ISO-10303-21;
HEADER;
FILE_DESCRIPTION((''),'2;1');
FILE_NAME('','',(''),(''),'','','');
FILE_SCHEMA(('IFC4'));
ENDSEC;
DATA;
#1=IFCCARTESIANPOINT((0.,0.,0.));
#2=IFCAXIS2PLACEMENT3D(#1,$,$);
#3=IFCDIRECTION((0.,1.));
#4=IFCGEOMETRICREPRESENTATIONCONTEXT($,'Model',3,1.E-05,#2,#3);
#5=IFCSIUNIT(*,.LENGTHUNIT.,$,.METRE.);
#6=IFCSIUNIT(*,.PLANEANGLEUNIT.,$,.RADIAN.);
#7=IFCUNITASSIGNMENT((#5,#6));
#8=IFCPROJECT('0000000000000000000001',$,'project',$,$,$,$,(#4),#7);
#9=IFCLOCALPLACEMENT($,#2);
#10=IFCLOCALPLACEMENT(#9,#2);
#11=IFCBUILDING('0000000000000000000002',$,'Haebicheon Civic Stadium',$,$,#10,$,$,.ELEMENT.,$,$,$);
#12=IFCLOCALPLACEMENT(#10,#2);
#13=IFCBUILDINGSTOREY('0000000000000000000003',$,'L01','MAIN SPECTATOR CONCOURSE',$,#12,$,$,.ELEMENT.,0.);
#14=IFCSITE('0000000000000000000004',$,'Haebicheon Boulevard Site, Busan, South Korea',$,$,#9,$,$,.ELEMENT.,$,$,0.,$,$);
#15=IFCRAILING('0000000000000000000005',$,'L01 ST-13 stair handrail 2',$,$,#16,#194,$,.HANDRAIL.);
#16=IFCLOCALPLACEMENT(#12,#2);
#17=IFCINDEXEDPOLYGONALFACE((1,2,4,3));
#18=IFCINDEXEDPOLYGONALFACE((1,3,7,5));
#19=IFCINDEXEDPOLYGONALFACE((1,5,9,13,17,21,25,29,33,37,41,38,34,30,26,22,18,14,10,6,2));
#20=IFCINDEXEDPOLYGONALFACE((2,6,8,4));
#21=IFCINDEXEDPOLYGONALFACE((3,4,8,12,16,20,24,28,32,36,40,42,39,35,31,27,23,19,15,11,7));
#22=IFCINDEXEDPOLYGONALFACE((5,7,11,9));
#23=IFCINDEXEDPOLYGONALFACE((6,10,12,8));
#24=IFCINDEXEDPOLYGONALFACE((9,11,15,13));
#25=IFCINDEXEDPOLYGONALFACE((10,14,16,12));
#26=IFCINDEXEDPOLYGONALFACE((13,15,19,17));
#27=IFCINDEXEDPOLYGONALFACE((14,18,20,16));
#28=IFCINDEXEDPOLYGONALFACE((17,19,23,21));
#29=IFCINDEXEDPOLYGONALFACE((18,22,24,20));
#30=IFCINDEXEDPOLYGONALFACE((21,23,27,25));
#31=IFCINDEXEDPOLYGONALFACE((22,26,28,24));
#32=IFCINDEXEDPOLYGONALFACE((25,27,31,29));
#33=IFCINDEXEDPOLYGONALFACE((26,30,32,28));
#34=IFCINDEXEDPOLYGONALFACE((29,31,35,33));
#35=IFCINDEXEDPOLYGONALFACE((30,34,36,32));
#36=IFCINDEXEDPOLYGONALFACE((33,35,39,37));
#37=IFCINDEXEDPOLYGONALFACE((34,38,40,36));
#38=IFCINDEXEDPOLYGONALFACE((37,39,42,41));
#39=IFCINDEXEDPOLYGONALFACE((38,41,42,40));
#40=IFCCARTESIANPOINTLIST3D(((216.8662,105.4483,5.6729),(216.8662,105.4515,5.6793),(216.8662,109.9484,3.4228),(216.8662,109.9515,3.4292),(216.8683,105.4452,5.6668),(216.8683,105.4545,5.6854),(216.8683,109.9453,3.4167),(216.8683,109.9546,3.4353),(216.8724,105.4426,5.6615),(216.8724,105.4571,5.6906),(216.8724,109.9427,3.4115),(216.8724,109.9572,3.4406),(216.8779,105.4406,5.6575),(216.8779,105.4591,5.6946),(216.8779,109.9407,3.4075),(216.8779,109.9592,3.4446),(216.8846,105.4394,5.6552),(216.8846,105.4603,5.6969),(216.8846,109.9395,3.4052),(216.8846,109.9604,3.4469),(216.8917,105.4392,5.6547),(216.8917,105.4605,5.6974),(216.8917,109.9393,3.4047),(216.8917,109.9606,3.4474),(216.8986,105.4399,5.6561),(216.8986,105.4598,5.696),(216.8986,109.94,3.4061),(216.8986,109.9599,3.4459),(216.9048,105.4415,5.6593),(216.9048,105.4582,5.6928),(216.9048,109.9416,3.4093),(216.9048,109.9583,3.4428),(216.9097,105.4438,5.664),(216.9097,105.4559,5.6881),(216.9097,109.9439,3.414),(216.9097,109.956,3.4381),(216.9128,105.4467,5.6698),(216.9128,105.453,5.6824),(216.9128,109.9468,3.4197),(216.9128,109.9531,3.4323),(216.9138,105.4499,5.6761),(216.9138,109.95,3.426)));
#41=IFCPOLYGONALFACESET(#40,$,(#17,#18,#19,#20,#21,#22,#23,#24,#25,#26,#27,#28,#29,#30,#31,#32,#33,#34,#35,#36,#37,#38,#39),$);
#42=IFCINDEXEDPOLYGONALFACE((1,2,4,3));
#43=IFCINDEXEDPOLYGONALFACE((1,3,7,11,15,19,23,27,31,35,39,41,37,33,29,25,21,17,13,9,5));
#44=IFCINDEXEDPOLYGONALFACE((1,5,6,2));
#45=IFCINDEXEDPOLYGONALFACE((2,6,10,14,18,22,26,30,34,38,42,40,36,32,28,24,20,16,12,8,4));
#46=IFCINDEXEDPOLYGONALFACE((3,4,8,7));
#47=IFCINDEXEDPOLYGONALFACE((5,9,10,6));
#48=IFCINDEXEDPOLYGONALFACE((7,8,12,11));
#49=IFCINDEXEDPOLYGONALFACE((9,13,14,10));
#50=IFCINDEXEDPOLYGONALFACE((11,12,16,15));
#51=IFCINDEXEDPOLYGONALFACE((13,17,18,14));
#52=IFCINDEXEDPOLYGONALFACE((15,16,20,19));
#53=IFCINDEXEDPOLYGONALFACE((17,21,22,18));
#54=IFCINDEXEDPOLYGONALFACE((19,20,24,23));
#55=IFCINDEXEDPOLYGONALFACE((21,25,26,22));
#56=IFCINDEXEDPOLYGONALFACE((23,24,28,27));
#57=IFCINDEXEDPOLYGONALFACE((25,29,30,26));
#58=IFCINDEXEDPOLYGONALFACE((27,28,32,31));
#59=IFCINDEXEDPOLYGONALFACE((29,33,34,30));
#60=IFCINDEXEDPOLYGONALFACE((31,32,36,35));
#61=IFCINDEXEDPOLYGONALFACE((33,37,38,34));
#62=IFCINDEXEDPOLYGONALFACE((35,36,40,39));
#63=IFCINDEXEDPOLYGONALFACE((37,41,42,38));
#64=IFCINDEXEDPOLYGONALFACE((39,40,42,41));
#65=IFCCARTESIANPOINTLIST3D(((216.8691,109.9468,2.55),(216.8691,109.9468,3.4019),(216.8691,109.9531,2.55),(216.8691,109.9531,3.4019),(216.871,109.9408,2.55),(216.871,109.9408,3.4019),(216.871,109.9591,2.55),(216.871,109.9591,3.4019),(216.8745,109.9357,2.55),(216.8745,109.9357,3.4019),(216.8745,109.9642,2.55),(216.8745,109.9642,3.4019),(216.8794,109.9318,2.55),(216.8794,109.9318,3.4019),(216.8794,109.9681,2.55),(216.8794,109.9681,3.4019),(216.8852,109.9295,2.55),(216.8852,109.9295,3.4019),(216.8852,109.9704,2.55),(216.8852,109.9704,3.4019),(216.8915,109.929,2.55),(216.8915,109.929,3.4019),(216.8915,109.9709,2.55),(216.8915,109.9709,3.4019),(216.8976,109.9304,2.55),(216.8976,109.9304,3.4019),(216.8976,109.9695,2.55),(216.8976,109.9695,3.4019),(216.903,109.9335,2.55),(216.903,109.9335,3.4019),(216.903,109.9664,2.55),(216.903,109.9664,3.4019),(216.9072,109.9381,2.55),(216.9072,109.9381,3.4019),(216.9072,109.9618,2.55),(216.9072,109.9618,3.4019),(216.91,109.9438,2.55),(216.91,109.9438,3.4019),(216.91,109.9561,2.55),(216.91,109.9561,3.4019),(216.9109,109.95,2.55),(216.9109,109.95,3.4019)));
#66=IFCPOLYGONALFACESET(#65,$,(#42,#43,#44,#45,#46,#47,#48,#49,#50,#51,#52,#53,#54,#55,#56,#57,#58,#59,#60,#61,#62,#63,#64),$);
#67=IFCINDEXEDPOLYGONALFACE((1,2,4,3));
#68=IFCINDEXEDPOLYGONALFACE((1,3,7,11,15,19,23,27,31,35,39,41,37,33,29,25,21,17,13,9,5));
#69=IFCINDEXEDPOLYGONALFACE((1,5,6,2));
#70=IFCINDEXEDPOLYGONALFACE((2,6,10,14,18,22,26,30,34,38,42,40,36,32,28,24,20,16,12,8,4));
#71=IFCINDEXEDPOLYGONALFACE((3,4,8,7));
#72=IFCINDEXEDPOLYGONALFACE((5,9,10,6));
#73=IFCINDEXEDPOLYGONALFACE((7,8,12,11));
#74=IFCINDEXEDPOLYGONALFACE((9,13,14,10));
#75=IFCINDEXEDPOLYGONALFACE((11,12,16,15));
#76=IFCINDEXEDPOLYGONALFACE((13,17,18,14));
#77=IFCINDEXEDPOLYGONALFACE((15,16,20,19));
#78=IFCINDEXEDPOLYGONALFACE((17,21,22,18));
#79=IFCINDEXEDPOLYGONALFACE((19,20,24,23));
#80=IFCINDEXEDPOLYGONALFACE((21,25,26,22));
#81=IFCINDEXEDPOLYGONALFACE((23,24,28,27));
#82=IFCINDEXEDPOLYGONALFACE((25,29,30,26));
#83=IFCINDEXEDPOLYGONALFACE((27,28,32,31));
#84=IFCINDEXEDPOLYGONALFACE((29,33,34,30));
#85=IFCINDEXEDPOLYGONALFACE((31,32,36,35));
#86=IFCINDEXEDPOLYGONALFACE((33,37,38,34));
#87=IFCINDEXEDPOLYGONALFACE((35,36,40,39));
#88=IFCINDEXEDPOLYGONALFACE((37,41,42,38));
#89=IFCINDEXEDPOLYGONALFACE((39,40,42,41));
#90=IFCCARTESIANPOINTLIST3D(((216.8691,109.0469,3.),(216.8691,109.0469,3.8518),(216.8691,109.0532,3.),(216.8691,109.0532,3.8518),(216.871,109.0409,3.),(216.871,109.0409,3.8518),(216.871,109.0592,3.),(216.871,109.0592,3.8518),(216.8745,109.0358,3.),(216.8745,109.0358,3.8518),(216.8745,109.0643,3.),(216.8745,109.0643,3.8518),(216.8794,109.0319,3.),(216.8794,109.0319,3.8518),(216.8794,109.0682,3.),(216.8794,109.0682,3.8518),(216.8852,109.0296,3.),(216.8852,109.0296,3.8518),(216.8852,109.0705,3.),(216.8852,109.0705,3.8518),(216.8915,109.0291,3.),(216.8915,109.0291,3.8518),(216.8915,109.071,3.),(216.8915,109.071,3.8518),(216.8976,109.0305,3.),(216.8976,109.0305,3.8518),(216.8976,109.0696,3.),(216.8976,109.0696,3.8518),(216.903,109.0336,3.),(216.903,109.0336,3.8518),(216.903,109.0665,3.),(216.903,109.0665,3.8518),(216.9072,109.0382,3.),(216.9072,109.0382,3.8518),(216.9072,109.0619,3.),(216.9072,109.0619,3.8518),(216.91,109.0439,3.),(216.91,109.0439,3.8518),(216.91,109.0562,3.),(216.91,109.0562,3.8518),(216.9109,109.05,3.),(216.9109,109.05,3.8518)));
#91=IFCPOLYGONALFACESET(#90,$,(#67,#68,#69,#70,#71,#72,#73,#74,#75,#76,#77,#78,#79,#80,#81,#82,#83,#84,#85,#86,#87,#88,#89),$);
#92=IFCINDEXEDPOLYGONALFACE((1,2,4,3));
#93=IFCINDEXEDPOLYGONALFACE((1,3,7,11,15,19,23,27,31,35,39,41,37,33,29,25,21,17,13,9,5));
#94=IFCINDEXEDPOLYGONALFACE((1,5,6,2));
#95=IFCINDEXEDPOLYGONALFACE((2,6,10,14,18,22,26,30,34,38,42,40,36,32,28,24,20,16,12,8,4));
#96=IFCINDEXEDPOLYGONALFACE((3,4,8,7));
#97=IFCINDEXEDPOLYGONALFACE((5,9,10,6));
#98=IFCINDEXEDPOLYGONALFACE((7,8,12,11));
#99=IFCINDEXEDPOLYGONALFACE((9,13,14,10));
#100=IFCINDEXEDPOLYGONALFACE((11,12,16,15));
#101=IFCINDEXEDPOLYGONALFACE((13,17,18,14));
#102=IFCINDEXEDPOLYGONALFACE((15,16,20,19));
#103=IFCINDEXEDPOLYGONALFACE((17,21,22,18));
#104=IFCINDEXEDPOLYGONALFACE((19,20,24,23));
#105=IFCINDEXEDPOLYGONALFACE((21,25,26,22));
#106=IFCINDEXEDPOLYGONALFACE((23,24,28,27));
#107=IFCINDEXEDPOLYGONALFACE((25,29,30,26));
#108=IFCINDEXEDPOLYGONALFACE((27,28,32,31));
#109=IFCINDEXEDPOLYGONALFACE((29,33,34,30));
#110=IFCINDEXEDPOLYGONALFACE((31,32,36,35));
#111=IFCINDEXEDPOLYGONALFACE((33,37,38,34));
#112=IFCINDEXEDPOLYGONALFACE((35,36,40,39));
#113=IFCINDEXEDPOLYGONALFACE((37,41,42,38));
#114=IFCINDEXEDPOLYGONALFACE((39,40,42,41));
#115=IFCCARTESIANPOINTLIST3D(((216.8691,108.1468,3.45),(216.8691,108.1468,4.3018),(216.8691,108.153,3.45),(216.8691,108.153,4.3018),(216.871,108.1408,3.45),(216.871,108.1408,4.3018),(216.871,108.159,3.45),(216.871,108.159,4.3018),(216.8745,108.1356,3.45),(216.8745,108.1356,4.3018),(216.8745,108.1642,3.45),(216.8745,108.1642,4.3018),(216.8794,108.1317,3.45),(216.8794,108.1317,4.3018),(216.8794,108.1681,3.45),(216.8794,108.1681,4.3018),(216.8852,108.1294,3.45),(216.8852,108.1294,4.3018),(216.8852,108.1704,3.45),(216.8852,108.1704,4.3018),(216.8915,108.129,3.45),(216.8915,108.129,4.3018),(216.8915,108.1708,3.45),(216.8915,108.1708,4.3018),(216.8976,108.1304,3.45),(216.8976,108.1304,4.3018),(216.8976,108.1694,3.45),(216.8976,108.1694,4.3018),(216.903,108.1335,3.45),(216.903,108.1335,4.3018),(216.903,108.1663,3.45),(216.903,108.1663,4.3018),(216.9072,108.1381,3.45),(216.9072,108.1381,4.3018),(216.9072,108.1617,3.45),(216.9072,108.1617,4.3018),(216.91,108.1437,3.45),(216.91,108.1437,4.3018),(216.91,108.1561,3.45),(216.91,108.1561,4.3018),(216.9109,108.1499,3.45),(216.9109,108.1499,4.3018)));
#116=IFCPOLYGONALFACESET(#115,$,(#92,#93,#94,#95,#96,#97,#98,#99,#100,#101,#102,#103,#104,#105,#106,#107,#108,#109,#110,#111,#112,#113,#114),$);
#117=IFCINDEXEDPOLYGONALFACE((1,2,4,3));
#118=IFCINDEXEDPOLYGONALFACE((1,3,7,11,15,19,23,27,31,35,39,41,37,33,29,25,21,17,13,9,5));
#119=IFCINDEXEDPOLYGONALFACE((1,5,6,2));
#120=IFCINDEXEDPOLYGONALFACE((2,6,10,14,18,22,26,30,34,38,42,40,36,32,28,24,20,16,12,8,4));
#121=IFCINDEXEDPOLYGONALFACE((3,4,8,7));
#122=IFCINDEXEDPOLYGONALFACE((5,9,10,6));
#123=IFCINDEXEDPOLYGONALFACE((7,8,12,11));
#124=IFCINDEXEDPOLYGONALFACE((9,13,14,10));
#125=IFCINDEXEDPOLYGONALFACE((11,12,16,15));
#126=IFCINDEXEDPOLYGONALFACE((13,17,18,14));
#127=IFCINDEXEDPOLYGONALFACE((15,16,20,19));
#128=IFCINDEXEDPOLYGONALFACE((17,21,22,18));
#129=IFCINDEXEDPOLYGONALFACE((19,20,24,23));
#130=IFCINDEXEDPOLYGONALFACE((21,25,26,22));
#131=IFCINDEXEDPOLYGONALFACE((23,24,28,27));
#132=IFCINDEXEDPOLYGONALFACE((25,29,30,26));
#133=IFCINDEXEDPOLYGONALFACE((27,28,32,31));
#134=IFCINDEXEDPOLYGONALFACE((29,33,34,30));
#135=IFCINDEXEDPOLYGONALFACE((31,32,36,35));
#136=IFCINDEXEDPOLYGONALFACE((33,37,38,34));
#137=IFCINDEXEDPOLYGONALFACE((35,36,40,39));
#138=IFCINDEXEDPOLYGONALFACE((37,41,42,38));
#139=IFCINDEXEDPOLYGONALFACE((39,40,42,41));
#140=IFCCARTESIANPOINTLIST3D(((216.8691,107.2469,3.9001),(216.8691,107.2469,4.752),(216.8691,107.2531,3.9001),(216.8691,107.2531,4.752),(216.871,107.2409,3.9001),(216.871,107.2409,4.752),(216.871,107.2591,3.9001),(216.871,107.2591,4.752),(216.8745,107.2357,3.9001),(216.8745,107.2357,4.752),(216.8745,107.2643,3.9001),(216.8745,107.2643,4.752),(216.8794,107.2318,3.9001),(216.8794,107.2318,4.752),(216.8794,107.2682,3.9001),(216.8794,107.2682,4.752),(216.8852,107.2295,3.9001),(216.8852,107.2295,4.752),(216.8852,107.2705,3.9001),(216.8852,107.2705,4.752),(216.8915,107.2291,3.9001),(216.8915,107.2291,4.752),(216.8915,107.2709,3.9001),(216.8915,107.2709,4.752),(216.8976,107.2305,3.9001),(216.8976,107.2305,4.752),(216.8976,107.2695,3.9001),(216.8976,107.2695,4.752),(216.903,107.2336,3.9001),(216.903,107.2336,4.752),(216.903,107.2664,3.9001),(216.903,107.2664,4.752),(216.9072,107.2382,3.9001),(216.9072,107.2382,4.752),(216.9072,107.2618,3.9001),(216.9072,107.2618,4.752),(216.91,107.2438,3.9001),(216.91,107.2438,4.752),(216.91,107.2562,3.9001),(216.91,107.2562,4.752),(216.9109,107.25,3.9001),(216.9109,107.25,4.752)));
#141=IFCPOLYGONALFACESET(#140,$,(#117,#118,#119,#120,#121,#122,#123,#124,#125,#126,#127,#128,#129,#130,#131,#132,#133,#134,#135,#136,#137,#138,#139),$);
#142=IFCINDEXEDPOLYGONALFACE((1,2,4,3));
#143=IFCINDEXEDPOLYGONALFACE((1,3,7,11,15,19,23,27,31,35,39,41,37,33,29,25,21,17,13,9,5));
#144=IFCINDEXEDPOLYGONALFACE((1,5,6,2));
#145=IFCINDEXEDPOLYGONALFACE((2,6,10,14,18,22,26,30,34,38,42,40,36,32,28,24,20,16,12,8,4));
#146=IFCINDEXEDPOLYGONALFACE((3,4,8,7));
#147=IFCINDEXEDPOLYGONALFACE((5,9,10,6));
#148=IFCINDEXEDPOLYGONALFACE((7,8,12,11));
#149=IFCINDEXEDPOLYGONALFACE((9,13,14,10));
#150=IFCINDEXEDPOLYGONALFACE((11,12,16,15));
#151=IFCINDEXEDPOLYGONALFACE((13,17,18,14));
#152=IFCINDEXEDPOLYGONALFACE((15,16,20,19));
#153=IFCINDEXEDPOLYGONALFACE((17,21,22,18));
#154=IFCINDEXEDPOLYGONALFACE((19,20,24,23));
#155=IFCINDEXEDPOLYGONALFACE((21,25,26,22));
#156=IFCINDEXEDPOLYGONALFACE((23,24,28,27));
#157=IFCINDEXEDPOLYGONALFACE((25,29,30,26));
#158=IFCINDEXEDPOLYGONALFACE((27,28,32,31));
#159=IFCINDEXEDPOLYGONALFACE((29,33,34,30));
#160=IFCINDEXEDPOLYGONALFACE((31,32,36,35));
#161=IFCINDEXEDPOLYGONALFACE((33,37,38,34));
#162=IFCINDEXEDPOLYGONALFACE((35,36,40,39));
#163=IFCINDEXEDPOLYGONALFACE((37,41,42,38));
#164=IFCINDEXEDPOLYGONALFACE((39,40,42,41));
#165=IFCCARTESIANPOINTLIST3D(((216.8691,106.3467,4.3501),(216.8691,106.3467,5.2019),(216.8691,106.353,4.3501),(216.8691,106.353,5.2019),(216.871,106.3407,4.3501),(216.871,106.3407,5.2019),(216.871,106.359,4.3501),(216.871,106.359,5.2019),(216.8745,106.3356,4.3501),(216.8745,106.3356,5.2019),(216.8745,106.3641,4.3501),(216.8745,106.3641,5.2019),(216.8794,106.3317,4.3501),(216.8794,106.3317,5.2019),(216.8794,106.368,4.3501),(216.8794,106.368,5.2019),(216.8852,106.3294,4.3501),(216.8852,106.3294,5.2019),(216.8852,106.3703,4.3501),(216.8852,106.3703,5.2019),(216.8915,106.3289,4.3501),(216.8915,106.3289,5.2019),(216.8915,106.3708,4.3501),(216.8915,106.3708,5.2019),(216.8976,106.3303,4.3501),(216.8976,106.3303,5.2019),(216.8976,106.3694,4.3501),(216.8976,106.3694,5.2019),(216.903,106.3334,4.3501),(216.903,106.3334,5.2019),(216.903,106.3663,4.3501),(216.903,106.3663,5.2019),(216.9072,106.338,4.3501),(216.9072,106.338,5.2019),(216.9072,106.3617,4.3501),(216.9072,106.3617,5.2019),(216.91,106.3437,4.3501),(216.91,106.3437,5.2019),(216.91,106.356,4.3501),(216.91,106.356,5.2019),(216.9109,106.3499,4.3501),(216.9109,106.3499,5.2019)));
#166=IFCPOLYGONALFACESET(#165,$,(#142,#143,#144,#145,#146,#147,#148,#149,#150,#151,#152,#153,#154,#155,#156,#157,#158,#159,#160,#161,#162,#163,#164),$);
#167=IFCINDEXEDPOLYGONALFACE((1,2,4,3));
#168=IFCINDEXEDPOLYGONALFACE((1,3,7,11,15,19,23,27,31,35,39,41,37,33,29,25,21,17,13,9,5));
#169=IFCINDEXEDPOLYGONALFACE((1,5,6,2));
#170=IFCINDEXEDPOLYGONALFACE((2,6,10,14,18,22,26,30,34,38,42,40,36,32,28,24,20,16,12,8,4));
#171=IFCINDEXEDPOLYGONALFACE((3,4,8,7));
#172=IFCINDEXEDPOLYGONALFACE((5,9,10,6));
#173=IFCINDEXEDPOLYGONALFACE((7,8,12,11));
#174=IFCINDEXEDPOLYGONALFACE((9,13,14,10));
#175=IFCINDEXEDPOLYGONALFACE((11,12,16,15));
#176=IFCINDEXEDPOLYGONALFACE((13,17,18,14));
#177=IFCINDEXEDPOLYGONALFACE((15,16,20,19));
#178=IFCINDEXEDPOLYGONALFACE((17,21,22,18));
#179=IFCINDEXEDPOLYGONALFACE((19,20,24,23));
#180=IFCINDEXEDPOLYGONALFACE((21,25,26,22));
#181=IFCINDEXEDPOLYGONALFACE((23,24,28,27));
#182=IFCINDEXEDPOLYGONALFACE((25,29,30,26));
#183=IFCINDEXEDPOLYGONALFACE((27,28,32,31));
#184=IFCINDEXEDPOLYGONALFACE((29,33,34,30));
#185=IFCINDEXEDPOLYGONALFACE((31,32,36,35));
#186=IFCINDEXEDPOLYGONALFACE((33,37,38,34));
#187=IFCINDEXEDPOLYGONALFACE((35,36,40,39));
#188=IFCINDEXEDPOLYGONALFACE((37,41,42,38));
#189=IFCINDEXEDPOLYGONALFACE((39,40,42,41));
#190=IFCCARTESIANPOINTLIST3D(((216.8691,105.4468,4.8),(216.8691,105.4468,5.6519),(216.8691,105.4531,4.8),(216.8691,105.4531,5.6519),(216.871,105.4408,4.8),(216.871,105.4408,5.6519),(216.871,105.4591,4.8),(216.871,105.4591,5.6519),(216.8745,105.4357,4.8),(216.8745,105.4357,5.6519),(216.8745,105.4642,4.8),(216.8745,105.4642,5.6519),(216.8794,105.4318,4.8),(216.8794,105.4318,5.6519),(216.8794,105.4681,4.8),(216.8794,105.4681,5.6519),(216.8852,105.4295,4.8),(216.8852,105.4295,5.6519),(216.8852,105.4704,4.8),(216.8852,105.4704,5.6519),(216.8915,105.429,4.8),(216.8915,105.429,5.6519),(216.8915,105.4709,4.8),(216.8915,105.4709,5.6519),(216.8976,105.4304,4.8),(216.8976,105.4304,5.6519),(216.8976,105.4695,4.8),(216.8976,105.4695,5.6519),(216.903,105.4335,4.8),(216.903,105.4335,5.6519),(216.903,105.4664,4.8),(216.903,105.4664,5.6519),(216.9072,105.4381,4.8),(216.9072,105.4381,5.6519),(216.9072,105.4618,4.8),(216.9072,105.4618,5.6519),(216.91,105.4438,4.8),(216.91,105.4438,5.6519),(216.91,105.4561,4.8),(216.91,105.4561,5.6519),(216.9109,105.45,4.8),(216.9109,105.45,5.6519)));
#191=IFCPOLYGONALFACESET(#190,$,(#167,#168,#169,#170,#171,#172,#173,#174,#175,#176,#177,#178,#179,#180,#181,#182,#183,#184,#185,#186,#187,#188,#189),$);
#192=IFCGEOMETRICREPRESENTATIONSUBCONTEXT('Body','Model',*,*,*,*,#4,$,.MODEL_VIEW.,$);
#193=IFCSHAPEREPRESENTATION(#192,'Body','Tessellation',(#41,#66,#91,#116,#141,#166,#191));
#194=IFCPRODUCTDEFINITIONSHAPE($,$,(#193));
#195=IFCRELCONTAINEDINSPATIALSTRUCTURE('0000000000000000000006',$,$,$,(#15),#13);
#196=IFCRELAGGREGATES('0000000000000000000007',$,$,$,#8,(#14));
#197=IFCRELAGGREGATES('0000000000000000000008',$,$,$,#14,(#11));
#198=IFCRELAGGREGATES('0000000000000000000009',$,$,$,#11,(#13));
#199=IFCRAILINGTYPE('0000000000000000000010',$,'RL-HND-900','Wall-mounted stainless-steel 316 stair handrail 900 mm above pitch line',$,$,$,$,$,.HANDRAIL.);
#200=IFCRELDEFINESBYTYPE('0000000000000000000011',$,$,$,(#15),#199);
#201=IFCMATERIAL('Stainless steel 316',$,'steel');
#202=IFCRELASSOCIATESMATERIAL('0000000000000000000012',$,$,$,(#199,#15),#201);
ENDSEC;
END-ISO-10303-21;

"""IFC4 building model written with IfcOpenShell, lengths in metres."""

from ifc_helpers import new_model, si_unit, direction, frame, origin, origin_2d, place, context, subcontext, project, spatial, circle, extrude, material, type_object, element, save


model = new_model("IFC4")

# Units and contexts
model_context = context("Model", 3, precision=1e-05, world=origin(), true_north=direction((0.0, 1.0)))
body_context = subcontext(model_context, "Body", "Model", "MODEL_VIEW")
ifc_project = project(units=[si_unit("LENGTHUNIT", "METRE"), si_unit("PLANEANGLEUNIT", "RADIAN")], contexts=[model_context])

# Site, building, storey
site_placement = place(None, origin())
site = spatial("IfcSite", under=ifc_project, at=site_placement, Name="Haebicheon Boulevard Site, Busan, South Korea", CompositionType="ELEMENT", RefElevation=0.0)
building_placement = place(site_placement, origin())
building = spatial("IfcBuilding", under=site, at=building_placement, Name="Haebicheon Civic Stadium", CompositionType="ELEMENT")
storey_placement = place(building_placement, origin())
storey = spatial("IfcBuildingStorey", under=building, at=storey_placement, Name="L01", Description="MAIN SPECTATOR CONCOURSE", CompositionType="ELEMENT", Elevation=0.0)

# Railing
ifc_material_1 = material(Name="Stainless steel 316", Category="steel")
railing_type_1 = type_object("IfcRailingType", Name="RL-HND-900", Description="Wall-mounted stainless-steel 316 stair handrail 900 mm above pitch line", PredefinedType="HANDRAIL", material=ifc_material_1)
railing_1_placement = place(storey_placement, frame((216.8899, 109.95, 2.55)))
element("IfcRailing", 1, at=railing_1_placement, inside=storey, type_object=railing_type_1, material=ifc_material_1, Name="L01 ST-13 stair handrail 2", PredefinedType="HANDRAIL", context=body_context, shape_type="SweptSolid", body=[
    extrude(circle(Radius=0.0239, at=origin_2d()), frame((0.0, 0.0, 0.876), z_axis=(0.0, -0.894427, 0.447214), x_axis=(1.0, 0.0, 0.0)), (0.0, 0.0, 1.0), 5.0312),
    extrude(circle(Radius=0.021, at=origin_2d()), origin(), (0.0, 0.0, 1.0), 0.8518),
    extrude(circle(Radius=0.021, at=origin_2d()), frame((0.0, -0.8999, 0.45)), (0.0, 0.0, 1.0), 0.8518),
    extrude(circle(Radius=0.021, at=origin_2d()), frame((0.0, -1.8, 0.8999)), (0.0, 0.0, 1.0), 0.8518),
    extrude(circle(Radius=0.021, at=origin_2d()), frame((0.0, -2.7, 1.3501)), (0.0, 0.0, 1.0), 0.8518),
    extrude(circle(Radius=0.021, at=origin_2d()), frame((0.0, -3.6001, 1.8)), (0.0, 0.0, 1.0), 0.8518),
    extrude(circle(Radius=0.021, at=origin_2d()), frame((0.0, -4.5, 2.25)), (0.0, 0.0, 1.0), 0.8518),
])

save(model, "model.ifc")
